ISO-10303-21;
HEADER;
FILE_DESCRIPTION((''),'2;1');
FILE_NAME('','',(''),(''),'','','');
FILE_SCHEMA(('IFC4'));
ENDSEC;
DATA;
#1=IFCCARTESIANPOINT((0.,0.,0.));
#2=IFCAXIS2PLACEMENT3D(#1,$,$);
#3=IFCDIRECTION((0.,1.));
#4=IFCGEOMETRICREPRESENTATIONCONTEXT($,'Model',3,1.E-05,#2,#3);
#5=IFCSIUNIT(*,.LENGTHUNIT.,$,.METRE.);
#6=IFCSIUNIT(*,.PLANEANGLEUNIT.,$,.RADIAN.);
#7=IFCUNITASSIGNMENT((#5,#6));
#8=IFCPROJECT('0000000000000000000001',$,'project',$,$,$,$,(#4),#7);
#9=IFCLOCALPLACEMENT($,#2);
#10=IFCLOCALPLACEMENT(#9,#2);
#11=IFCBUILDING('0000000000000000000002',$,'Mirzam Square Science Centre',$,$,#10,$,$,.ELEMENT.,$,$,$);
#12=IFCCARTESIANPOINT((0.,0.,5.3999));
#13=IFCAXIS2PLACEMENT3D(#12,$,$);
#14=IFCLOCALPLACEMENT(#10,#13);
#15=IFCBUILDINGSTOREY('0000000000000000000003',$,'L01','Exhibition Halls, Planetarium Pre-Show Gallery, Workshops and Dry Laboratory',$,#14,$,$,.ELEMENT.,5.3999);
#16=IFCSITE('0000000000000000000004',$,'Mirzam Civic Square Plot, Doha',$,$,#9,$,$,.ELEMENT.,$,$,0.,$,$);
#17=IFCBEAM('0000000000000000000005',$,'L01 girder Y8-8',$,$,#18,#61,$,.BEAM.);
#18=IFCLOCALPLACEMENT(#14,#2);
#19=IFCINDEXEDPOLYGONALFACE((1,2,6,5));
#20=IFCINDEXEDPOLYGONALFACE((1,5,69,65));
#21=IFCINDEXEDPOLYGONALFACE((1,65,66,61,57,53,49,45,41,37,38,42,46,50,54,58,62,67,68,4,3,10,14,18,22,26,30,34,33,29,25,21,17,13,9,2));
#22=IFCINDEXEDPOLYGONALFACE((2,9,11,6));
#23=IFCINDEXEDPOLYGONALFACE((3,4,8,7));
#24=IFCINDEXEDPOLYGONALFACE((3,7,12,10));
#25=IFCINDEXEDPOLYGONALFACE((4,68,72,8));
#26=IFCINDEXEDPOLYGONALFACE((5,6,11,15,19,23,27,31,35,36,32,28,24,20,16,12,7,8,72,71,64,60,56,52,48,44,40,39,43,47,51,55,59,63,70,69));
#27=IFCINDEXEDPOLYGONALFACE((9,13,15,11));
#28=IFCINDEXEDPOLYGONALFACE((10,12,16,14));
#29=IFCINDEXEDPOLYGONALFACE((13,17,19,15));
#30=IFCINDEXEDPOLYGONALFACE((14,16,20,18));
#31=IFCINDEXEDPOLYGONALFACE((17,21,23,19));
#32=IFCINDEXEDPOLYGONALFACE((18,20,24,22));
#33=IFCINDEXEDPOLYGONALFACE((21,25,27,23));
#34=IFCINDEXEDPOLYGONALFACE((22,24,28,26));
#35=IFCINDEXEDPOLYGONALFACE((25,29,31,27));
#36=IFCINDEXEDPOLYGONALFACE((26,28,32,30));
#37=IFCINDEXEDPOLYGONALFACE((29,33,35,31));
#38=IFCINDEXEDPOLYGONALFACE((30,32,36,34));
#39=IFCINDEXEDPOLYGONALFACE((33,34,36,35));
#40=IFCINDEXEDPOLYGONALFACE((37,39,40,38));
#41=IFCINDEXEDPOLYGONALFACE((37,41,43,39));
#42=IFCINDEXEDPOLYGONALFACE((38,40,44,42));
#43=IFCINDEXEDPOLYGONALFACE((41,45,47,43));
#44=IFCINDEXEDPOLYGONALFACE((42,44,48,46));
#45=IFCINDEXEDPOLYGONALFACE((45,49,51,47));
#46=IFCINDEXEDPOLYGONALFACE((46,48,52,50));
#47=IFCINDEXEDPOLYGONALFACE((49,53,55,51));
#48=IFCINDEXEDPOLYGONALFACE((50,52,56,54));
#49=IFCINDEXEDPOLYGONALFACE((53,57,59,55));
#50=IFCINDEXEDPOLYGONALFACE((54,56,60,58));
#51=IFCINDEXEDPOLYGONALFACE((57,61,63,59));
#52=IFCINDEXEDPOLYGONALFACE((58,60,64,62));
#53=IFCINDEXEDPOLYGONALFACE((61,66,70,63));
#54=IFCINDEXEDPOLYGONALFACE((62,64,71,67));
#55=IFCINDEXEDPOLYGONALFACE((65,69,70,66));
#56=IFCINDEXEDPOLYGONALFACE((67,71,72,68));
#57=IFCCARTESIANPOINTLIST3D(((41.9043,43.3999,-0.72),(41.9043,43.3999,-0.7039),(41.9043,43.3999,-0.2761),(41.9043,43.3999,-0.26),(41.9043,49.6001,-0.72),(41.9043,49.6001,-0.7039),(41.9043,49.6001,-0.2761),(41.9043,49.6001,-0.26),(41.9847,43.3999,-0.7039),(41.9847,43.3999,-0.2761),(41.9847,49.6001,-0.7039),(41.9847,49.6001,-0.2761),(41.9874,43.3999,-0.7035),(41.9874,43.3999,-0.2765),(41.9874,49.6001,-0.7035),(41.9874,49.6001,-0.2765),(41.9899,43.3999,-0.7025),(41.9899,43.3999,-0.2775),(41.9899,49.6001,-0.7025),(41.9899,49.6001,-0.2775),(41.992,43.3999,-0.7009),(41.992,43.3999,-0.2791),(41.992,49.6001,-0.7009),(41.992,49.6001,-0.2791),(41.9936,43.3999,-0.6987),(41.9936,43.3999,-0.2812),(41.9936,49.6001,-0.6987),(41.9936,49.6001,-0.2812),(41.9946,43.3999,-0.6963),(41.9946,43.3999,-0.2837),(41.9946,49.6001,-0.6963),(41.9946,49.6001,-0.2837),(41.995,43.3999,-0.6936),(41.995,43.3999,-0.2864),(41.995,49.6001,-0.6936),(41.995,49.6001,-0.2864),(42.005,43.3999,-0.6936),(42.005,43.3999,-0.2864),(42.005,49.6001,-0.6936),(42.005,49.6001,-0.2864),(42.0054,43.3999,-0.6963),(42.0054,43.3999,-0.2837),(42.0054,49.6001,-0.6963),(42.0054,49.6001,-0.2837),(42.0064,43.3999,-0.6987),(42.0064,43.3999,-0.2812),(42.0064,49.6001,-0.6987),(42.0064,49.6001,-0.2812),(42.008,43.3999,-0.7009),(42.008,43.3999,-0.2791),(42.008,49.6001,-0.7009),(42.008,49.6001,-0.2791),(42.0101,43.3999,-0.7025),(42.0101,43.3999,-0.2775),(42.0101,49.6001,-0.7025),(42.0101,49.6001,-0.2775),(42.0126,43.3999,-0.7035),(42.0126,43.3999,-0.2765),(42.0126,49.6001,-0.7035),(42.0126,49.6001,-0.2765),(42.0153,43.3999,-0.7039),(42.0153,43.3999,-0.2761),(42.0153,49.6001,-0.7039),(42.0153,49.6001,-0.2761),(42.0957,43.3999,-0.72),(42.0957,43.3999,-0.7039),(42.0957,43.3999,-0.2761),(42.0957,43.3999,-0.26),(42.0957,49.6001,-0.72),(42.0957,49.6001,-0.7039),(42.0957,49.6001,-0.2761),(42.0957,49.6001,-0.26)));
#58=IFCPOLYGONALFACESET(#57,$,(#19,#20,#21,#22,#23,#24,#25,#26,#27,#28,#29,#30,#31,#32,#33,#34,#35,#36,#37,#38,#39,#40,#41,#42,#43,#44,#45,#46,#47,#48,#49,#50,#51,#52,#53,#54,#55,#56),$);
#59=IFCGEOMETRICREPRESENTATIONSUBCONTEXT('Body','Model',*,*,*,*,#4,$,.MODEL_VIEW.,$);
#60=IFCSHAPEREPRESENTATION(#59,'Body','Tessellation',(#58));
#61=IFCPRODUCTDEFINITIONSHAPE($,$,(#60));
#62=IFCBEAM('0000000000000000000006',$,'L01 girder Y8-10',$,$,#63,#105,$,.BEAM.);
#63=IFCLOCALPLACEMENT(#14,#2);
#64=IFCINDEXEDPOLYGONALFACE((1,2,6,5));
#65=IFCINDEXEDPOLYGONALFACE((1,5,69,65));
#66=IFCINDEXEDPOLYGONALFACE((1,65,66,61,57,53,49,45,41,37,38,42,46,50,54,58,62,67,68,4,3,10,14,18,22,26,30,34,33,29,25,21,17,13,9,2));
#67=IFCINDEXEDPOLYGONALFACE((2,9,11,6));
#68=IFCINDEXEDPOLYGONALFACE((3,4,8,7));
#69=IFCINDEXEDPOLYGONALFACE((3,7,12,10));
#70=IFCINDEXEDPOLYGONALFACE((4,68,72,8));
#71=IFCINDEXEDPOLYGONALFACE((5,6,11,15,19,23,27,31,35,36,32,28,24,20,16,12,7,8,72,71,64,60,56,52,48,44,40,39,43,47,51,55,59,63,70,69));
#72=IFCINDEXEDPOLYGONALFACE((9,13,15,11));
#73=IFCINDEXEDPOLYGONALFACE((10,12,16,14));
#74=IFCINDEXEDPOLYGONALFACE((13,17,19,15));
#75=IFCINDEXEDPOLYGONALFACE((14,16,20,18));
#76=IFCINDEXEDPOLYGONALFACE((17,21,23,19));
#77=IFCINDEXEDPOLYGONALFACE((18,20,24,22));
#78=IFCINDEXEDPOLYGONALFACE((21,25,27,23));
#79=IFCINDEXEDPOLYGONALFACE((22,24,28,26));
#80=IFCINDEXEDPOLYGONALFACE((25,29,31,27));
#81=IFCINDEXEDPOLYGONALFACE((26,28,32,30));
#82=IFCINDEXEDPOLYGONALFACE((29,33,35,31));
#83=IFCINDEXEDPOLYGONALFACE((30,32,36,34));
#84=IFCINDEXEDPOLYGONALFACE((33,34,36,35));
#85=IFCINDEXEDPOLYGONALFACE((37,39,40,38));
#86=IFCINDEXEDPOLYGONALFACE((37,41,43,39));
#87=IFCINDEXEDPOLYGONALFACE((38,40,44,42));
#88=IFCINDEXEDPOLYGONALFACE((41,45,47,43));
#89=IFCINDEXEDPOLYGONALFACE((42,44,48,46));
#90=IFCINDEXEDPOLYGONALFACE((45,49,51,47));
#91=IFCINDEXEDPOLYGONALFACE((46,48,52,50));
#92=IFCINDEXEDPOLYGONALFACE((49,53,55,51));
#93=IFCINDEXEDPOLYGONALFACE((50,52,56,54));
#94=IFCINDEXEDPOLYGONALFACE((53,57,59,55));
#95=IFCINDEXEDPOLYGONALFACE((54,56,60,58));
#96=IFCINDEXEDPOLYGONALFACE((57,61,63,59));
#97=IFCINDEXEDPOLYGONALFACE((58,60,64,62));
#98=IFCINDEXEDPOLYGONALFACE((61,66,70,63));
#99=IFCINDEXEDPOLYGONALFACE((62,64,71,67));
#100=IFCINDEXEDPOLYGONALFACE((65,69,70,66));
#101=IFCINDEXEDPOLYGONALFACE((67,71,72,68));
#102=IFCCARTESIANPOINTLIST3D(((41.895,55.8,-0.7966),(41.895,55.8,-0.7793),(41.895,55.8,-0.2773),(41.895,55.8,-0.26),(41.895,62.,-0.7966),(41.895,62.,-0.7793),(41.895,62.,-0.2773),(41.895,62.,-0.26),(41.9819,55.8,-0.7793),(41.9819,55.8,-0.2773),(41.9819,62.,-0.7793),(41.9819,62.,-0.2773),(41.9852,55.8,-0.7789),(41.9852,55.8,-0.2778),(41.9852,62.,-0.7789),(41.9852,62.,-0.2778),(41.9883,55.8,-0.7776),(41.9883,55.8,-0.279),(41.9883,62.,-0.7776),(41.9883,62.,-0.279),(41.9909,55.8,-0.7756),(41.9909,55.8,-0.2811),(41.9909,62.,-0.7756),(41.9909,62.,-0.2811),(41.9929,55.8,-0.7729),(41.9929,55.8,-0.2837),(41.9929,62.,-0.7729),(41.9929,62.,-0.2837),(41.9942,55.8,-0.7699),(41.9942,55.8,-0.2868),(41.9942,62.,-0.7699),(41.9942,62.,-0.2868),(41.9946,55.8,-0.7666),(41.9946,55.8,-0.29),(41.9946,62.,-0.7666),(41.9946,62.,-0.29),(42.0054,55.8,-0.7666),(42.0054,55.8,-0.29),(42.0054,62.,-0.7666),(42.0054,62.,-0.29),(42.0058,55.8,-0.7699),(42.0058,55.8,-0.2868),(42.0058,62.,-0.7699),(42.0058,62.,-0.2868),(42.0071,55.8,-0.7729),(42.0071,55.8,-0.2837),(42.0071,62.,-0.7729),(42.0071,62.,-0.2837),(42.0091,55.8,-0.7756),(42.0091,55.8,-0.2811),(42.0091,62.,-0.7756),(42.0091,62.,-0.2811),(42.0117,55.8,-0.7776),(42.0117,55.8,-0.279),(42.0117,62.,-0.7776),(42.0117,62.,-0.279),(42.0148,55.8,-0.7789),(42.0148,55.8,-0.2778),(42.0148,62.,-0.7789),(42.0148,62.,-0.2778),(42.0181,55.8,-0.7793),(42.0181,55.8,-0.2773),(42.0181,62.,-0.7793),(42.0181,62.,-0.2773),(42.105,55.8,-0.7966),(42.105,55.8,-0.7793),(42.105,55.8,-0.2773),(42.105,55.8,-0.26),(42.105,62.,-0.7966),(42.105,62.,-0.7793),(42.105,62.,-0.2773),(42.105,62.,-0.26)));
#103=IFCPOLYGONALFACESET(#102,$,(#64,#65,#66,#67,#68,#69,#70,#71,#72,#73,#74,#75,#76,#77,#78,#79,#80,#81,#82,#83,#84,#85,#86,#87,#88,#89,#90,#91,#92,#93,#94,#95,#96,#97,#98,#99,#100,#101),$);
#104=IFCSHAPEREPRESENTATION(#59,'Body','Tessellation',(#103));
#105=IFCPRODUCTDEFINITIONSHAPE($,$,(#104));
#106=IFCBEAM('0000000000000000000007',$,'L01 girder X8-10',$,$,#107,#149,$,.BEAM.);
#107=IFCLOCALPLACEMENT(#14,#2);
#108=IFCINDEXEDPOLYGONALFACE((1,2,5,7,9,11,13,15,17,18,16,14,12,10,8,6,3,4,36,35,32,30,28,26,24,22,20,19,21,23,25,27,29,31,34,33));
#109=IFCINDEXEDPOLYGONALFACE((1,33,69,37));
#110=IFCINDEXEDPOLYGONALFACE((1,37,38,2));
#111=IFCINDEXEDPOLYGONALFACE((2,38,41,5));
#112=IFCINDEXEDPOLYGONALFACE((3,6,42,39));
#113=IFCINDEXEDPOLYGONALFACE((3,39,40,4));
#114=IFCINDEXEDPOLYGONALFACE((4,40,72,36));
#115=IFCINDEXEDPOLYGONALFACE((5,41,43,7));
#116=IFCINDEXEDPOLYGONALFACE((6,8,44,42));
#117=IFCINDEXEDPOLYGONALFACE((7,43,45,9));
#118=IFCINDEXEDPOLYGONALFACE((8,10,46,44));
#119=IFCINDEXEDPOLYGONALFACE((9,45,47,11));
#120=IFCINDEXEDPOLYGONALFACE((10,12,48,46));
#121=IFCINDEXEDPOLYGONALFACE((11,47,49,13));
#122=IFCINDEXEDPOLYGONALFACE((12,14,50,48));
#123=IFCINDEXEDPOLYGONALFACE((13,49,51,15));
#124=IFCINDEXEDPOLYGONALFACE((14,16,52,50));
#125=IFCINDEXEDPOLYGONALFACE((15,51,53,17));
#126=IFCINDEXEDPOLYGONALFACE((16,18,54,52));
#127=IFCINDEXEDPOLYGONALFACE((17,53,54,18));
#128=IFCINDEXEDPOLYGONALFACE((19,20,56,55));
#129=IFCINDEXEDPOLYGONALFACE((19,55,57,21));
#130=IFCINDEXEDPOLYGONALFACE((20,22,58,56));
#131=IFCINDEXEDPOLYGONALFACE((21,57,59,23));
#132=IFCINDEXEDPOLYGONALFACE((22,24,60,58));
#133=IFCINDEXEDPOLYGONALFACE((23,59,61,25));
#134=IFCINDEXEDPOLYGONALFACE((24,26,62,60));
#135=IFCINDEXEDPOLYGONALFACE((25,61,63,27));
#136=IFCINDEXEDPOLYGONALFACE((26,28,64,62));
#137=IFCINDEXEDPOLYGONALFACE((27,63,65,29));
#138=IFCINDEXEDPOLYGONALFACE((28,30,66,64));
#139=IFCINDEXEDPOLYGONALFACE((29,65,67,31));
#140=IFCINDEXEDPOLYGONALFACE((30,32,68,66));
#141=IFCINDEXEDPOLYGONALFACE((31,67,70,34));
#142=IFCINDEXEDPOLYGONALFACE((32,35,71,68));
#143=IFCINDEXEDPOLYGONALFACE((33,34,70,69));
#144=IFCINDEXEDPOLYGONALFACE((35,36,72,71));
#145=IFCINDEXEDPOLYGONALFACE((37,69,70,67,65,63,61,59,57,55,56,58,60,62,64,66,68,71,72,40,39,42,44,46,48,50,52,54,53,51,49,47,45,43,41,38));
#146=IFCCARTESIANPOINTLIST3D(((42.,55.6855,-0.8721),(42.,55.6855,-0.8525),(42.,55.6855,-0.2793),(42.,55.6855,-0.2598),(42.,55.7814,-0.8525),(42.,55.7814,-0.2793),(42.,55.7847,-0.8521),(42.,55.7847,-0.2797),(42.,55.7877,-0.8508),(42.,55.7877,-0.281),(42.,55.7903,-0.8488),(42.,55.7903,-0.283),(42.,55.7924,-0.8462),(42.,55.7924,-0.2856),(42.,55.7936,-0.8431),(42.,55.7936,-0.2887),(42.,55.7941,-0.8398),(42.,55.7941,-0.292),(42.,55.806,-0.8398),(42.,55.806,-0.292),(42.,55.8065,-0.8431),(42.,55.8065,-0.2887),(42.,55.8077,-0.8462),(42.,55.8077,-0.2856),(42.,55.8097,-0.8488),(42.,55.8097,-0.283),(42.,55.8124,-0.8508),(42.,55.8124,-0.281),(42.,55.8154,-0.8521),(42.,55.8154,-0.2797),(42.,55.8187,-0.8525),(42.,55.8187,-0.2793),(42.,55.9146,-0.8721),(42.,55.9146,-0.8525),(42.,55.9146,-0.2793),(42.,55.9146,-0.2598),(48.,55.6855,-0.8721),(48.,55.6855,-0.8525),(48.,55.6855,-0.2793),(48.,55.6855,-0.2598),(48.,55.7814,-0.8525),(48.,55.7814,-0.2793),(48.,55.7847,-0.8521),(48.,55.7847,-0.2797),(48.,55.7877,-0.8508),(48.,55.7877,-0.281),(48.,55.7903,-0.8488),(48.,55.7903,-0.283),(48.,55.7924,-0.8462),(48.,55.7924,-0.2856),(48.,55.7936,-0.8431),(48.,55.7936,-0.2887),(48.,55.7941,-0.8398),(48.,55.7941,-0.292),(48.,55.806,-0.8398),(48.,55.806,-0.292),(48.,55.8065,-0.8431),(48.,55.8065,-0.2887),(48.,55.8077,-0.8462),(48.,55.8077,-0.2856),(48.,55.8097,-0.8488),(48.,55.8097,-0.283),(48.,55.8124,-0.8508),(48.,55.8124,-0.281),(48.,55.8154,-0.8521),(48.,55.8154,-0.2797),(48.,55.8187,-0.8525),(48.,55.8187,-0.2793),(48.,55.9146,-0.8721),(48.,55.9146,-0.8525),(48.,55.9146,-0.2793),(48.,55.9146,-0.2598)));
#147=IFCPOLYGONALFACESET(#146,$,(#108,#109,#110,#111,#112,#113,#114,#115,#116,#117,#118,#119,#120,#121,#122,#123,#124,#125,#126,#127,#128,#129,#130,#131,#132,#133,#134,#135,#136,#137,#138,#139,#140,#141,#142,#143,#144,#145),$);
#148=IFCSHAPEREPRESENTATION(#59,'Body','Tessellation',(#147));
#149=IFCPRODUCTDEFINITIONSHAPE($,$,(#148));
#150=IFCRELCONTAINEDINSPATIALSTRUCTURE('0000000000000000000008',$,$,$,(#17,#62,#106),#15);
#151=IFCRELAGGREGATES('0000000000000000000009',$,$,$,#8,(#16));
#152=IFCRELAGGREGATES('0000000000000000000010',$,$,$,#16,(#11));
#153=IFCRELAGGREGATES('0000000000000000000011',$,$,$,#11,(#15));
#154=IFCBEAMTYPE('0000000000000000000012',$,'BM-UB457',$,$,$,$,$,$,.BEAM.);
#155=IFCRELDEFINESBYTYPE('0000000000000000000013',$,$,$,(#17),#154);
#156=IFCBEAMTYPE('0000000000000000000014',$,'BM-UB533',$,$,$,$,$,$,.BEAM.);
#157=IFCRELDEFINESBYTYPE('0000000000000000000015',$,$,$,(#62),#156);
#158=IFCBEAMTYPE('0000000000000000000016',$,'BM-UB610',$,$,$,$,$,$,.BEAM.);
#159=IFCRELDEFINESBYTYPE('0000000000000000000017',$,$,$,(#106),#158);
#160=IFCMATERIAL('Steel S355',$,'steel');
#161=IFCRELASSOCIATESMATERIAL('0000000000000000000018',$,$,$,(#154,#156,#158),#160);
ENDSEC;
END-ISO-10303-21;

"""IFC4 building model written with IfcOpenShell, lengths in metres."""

from ifc_helpers import new_model, si_unit, direction, frame, origin, origin_2d, place, context, subcontext, project, spatial, i_section, extrude, material, material_profile, profile_set, type_object, element, save


model = new_model("IFC4")

# Units and contexts
model_context = context("Model", 3, precision=1e-05, world=origin(), true_north=direction((0.0, 1.0)))
body_context = subcontext(model_context, "Body", "Model", "MODEL_VIEW")
ifc_project = project(units=[si_unit("LENGTHUNIT", "METRE"), si_unit("PLANEANGLEUNIT", "RADIAN")], contexts=[model_context])

# Site, building, storey
site_placement = place(None, origin())
site = spatial("IfcSite", under=ifc_project, at=site_placement, Name="Mirzam Civic Square Plot, Doha", CompositionType="ELEMENT", RefElevation=0.0)
building_placement = place(site_placement, origin())
building = spatial("IfcBuilding", under=site, at=building_placement, Name="Mirzam Square Science Centre", CompositionType="ELEMENT")
storey_placement = place(building_placement, frame((0.0, 0.0, 5.3999)))
storey = spatial("IfcBuildingStorey", under=building, at=storey_placement, Name="L01", Description="Exhibition Halls, Planetarium Pre-Show Gallery, Workshops and Dry Laboratory", CompositionType="ELEMENT", Elevation=5.3999)

# Shared definitions
ifc_material_1 = material(Name="Steel S355", Category="steel")

# Beams
ifc_material_profile_1 = material_profile(ifc_material_1, i_section(OverallWidth=0.1914, OverallDepth=0.46, WebThickness=0.01, FlangeThickness=0.0161, FilletRadius=0.0103, at=origin_2d()), Name="457x191x82UB")
ifc_profile_set_1 = profile_set([ifc_material_profile_1], Name="Steel S355")
beam_type_1 = type_object("IfcBeamType", Name="BM-UB457", PredefinedType="BEAM", material=ifc_profile_set_1)
beam_1_placement = place(storey_placement, frame((42.0, 43.3999, -0.49), z_axis=(0.0, 1.0, 0.0), x_axis=(-1.0, 0.0, 0.0)))
element("IfcBeam", 1, at=beam_1_placement, inside=storey, type_object=beam_type_1, Name="L01 girder Y8-8", PredefinedType="BEAM", context=body_context, shape_type="SweptSolid", body=[
    extrude(i_section(OverallWidth=0.1914, OverallDepth=0.46, WebThickness=0.01, FlangeThickness=0.0161, FilletRadius=0.0103, at=origin_2d()), origin(), (0.0, 0.0, 1.0), 6.2002),
])
ifc_material_profile_2 = material_profile(ifc_material_1, i_section(OverallWidth=0.21, OverallDepth=0.5366, WebThickness=0.0107, FlangeThickness=0.0173, FilletRadius=0.0127, at=origin_2d()), Name="533x210x101UB")
ifc_profile_set_2 = profile_set([ifc_material_profile_2], Name="Steel S355")
beam_type_2 = type_object("IfcBeamType", Name="BM-UB533", PredefinedType="BEAM", material=ifc_profile_set_2)
beam_2_placement = place(storey_placement, frame((42.0, 55.8, -0.5283), z_axis=(0.0, 1.0, 0.0), x_axis=(-1.0, 0.0, 0.0)))
element("IfcBeam", 2, at=beam_2_placement, inside=storey, type_object=beam_type_2, Name="L01 girder Y8-10", PredefinedType="BEAM", context=body_context, shape_type="SweptSolid", body=[
    extrude(i_section(OverallWidth=0.21, OverallDepth=0.5366, WebThickness=0.0107, FlangeThickness=0.0173, FilletRadius=0.0127, at=origin_2d()), origin(), (0.0, 0.0, 1.0), 6.2),
])
ifc_material_profile_3 = material_profile(ifc_material_1, i_section(OverallWidth=0.229, OverallDepth=0.6123, WebThickness=0.012, FlangeThickness=0.0195, FilletRadius=0.0127, at=origin_2d()), Name="610x229x125UB")
ifc_profile_set_3 = profile_set([ifc_material_profile_3], Name="Steel S355")
beam_type_3 = type_object("IfcBeamType", Name="BM-UB610", PredefinedType="BEAM", material=ifc_profile_set_3)
beam_3_placement = place(storey_placement, frame((42.0, 55.8, -0.5659), z_axis=(1.0, 0.0, 0.0), x_axis=(0.0, 1.0, 0.0)))
element("IfcBeam", 3, at=beam_3_placement, inside=storey, type_object=beam_type_3, Name="L01 girder X8-10", PredefinedType="BEAM", context=body_context, shape_type="SweptSolid", body=[
    extrude(i_section(OverallWidth=0.229, OverallDepth=0.6123, WebThickness=0.012, FlangeThickness=0.0195, FilletRadius=0.0127, at=origin_2d()), origin(), (0.0, 0.0, 1.0), 6.0),
])

save(model, "model.ifc")
